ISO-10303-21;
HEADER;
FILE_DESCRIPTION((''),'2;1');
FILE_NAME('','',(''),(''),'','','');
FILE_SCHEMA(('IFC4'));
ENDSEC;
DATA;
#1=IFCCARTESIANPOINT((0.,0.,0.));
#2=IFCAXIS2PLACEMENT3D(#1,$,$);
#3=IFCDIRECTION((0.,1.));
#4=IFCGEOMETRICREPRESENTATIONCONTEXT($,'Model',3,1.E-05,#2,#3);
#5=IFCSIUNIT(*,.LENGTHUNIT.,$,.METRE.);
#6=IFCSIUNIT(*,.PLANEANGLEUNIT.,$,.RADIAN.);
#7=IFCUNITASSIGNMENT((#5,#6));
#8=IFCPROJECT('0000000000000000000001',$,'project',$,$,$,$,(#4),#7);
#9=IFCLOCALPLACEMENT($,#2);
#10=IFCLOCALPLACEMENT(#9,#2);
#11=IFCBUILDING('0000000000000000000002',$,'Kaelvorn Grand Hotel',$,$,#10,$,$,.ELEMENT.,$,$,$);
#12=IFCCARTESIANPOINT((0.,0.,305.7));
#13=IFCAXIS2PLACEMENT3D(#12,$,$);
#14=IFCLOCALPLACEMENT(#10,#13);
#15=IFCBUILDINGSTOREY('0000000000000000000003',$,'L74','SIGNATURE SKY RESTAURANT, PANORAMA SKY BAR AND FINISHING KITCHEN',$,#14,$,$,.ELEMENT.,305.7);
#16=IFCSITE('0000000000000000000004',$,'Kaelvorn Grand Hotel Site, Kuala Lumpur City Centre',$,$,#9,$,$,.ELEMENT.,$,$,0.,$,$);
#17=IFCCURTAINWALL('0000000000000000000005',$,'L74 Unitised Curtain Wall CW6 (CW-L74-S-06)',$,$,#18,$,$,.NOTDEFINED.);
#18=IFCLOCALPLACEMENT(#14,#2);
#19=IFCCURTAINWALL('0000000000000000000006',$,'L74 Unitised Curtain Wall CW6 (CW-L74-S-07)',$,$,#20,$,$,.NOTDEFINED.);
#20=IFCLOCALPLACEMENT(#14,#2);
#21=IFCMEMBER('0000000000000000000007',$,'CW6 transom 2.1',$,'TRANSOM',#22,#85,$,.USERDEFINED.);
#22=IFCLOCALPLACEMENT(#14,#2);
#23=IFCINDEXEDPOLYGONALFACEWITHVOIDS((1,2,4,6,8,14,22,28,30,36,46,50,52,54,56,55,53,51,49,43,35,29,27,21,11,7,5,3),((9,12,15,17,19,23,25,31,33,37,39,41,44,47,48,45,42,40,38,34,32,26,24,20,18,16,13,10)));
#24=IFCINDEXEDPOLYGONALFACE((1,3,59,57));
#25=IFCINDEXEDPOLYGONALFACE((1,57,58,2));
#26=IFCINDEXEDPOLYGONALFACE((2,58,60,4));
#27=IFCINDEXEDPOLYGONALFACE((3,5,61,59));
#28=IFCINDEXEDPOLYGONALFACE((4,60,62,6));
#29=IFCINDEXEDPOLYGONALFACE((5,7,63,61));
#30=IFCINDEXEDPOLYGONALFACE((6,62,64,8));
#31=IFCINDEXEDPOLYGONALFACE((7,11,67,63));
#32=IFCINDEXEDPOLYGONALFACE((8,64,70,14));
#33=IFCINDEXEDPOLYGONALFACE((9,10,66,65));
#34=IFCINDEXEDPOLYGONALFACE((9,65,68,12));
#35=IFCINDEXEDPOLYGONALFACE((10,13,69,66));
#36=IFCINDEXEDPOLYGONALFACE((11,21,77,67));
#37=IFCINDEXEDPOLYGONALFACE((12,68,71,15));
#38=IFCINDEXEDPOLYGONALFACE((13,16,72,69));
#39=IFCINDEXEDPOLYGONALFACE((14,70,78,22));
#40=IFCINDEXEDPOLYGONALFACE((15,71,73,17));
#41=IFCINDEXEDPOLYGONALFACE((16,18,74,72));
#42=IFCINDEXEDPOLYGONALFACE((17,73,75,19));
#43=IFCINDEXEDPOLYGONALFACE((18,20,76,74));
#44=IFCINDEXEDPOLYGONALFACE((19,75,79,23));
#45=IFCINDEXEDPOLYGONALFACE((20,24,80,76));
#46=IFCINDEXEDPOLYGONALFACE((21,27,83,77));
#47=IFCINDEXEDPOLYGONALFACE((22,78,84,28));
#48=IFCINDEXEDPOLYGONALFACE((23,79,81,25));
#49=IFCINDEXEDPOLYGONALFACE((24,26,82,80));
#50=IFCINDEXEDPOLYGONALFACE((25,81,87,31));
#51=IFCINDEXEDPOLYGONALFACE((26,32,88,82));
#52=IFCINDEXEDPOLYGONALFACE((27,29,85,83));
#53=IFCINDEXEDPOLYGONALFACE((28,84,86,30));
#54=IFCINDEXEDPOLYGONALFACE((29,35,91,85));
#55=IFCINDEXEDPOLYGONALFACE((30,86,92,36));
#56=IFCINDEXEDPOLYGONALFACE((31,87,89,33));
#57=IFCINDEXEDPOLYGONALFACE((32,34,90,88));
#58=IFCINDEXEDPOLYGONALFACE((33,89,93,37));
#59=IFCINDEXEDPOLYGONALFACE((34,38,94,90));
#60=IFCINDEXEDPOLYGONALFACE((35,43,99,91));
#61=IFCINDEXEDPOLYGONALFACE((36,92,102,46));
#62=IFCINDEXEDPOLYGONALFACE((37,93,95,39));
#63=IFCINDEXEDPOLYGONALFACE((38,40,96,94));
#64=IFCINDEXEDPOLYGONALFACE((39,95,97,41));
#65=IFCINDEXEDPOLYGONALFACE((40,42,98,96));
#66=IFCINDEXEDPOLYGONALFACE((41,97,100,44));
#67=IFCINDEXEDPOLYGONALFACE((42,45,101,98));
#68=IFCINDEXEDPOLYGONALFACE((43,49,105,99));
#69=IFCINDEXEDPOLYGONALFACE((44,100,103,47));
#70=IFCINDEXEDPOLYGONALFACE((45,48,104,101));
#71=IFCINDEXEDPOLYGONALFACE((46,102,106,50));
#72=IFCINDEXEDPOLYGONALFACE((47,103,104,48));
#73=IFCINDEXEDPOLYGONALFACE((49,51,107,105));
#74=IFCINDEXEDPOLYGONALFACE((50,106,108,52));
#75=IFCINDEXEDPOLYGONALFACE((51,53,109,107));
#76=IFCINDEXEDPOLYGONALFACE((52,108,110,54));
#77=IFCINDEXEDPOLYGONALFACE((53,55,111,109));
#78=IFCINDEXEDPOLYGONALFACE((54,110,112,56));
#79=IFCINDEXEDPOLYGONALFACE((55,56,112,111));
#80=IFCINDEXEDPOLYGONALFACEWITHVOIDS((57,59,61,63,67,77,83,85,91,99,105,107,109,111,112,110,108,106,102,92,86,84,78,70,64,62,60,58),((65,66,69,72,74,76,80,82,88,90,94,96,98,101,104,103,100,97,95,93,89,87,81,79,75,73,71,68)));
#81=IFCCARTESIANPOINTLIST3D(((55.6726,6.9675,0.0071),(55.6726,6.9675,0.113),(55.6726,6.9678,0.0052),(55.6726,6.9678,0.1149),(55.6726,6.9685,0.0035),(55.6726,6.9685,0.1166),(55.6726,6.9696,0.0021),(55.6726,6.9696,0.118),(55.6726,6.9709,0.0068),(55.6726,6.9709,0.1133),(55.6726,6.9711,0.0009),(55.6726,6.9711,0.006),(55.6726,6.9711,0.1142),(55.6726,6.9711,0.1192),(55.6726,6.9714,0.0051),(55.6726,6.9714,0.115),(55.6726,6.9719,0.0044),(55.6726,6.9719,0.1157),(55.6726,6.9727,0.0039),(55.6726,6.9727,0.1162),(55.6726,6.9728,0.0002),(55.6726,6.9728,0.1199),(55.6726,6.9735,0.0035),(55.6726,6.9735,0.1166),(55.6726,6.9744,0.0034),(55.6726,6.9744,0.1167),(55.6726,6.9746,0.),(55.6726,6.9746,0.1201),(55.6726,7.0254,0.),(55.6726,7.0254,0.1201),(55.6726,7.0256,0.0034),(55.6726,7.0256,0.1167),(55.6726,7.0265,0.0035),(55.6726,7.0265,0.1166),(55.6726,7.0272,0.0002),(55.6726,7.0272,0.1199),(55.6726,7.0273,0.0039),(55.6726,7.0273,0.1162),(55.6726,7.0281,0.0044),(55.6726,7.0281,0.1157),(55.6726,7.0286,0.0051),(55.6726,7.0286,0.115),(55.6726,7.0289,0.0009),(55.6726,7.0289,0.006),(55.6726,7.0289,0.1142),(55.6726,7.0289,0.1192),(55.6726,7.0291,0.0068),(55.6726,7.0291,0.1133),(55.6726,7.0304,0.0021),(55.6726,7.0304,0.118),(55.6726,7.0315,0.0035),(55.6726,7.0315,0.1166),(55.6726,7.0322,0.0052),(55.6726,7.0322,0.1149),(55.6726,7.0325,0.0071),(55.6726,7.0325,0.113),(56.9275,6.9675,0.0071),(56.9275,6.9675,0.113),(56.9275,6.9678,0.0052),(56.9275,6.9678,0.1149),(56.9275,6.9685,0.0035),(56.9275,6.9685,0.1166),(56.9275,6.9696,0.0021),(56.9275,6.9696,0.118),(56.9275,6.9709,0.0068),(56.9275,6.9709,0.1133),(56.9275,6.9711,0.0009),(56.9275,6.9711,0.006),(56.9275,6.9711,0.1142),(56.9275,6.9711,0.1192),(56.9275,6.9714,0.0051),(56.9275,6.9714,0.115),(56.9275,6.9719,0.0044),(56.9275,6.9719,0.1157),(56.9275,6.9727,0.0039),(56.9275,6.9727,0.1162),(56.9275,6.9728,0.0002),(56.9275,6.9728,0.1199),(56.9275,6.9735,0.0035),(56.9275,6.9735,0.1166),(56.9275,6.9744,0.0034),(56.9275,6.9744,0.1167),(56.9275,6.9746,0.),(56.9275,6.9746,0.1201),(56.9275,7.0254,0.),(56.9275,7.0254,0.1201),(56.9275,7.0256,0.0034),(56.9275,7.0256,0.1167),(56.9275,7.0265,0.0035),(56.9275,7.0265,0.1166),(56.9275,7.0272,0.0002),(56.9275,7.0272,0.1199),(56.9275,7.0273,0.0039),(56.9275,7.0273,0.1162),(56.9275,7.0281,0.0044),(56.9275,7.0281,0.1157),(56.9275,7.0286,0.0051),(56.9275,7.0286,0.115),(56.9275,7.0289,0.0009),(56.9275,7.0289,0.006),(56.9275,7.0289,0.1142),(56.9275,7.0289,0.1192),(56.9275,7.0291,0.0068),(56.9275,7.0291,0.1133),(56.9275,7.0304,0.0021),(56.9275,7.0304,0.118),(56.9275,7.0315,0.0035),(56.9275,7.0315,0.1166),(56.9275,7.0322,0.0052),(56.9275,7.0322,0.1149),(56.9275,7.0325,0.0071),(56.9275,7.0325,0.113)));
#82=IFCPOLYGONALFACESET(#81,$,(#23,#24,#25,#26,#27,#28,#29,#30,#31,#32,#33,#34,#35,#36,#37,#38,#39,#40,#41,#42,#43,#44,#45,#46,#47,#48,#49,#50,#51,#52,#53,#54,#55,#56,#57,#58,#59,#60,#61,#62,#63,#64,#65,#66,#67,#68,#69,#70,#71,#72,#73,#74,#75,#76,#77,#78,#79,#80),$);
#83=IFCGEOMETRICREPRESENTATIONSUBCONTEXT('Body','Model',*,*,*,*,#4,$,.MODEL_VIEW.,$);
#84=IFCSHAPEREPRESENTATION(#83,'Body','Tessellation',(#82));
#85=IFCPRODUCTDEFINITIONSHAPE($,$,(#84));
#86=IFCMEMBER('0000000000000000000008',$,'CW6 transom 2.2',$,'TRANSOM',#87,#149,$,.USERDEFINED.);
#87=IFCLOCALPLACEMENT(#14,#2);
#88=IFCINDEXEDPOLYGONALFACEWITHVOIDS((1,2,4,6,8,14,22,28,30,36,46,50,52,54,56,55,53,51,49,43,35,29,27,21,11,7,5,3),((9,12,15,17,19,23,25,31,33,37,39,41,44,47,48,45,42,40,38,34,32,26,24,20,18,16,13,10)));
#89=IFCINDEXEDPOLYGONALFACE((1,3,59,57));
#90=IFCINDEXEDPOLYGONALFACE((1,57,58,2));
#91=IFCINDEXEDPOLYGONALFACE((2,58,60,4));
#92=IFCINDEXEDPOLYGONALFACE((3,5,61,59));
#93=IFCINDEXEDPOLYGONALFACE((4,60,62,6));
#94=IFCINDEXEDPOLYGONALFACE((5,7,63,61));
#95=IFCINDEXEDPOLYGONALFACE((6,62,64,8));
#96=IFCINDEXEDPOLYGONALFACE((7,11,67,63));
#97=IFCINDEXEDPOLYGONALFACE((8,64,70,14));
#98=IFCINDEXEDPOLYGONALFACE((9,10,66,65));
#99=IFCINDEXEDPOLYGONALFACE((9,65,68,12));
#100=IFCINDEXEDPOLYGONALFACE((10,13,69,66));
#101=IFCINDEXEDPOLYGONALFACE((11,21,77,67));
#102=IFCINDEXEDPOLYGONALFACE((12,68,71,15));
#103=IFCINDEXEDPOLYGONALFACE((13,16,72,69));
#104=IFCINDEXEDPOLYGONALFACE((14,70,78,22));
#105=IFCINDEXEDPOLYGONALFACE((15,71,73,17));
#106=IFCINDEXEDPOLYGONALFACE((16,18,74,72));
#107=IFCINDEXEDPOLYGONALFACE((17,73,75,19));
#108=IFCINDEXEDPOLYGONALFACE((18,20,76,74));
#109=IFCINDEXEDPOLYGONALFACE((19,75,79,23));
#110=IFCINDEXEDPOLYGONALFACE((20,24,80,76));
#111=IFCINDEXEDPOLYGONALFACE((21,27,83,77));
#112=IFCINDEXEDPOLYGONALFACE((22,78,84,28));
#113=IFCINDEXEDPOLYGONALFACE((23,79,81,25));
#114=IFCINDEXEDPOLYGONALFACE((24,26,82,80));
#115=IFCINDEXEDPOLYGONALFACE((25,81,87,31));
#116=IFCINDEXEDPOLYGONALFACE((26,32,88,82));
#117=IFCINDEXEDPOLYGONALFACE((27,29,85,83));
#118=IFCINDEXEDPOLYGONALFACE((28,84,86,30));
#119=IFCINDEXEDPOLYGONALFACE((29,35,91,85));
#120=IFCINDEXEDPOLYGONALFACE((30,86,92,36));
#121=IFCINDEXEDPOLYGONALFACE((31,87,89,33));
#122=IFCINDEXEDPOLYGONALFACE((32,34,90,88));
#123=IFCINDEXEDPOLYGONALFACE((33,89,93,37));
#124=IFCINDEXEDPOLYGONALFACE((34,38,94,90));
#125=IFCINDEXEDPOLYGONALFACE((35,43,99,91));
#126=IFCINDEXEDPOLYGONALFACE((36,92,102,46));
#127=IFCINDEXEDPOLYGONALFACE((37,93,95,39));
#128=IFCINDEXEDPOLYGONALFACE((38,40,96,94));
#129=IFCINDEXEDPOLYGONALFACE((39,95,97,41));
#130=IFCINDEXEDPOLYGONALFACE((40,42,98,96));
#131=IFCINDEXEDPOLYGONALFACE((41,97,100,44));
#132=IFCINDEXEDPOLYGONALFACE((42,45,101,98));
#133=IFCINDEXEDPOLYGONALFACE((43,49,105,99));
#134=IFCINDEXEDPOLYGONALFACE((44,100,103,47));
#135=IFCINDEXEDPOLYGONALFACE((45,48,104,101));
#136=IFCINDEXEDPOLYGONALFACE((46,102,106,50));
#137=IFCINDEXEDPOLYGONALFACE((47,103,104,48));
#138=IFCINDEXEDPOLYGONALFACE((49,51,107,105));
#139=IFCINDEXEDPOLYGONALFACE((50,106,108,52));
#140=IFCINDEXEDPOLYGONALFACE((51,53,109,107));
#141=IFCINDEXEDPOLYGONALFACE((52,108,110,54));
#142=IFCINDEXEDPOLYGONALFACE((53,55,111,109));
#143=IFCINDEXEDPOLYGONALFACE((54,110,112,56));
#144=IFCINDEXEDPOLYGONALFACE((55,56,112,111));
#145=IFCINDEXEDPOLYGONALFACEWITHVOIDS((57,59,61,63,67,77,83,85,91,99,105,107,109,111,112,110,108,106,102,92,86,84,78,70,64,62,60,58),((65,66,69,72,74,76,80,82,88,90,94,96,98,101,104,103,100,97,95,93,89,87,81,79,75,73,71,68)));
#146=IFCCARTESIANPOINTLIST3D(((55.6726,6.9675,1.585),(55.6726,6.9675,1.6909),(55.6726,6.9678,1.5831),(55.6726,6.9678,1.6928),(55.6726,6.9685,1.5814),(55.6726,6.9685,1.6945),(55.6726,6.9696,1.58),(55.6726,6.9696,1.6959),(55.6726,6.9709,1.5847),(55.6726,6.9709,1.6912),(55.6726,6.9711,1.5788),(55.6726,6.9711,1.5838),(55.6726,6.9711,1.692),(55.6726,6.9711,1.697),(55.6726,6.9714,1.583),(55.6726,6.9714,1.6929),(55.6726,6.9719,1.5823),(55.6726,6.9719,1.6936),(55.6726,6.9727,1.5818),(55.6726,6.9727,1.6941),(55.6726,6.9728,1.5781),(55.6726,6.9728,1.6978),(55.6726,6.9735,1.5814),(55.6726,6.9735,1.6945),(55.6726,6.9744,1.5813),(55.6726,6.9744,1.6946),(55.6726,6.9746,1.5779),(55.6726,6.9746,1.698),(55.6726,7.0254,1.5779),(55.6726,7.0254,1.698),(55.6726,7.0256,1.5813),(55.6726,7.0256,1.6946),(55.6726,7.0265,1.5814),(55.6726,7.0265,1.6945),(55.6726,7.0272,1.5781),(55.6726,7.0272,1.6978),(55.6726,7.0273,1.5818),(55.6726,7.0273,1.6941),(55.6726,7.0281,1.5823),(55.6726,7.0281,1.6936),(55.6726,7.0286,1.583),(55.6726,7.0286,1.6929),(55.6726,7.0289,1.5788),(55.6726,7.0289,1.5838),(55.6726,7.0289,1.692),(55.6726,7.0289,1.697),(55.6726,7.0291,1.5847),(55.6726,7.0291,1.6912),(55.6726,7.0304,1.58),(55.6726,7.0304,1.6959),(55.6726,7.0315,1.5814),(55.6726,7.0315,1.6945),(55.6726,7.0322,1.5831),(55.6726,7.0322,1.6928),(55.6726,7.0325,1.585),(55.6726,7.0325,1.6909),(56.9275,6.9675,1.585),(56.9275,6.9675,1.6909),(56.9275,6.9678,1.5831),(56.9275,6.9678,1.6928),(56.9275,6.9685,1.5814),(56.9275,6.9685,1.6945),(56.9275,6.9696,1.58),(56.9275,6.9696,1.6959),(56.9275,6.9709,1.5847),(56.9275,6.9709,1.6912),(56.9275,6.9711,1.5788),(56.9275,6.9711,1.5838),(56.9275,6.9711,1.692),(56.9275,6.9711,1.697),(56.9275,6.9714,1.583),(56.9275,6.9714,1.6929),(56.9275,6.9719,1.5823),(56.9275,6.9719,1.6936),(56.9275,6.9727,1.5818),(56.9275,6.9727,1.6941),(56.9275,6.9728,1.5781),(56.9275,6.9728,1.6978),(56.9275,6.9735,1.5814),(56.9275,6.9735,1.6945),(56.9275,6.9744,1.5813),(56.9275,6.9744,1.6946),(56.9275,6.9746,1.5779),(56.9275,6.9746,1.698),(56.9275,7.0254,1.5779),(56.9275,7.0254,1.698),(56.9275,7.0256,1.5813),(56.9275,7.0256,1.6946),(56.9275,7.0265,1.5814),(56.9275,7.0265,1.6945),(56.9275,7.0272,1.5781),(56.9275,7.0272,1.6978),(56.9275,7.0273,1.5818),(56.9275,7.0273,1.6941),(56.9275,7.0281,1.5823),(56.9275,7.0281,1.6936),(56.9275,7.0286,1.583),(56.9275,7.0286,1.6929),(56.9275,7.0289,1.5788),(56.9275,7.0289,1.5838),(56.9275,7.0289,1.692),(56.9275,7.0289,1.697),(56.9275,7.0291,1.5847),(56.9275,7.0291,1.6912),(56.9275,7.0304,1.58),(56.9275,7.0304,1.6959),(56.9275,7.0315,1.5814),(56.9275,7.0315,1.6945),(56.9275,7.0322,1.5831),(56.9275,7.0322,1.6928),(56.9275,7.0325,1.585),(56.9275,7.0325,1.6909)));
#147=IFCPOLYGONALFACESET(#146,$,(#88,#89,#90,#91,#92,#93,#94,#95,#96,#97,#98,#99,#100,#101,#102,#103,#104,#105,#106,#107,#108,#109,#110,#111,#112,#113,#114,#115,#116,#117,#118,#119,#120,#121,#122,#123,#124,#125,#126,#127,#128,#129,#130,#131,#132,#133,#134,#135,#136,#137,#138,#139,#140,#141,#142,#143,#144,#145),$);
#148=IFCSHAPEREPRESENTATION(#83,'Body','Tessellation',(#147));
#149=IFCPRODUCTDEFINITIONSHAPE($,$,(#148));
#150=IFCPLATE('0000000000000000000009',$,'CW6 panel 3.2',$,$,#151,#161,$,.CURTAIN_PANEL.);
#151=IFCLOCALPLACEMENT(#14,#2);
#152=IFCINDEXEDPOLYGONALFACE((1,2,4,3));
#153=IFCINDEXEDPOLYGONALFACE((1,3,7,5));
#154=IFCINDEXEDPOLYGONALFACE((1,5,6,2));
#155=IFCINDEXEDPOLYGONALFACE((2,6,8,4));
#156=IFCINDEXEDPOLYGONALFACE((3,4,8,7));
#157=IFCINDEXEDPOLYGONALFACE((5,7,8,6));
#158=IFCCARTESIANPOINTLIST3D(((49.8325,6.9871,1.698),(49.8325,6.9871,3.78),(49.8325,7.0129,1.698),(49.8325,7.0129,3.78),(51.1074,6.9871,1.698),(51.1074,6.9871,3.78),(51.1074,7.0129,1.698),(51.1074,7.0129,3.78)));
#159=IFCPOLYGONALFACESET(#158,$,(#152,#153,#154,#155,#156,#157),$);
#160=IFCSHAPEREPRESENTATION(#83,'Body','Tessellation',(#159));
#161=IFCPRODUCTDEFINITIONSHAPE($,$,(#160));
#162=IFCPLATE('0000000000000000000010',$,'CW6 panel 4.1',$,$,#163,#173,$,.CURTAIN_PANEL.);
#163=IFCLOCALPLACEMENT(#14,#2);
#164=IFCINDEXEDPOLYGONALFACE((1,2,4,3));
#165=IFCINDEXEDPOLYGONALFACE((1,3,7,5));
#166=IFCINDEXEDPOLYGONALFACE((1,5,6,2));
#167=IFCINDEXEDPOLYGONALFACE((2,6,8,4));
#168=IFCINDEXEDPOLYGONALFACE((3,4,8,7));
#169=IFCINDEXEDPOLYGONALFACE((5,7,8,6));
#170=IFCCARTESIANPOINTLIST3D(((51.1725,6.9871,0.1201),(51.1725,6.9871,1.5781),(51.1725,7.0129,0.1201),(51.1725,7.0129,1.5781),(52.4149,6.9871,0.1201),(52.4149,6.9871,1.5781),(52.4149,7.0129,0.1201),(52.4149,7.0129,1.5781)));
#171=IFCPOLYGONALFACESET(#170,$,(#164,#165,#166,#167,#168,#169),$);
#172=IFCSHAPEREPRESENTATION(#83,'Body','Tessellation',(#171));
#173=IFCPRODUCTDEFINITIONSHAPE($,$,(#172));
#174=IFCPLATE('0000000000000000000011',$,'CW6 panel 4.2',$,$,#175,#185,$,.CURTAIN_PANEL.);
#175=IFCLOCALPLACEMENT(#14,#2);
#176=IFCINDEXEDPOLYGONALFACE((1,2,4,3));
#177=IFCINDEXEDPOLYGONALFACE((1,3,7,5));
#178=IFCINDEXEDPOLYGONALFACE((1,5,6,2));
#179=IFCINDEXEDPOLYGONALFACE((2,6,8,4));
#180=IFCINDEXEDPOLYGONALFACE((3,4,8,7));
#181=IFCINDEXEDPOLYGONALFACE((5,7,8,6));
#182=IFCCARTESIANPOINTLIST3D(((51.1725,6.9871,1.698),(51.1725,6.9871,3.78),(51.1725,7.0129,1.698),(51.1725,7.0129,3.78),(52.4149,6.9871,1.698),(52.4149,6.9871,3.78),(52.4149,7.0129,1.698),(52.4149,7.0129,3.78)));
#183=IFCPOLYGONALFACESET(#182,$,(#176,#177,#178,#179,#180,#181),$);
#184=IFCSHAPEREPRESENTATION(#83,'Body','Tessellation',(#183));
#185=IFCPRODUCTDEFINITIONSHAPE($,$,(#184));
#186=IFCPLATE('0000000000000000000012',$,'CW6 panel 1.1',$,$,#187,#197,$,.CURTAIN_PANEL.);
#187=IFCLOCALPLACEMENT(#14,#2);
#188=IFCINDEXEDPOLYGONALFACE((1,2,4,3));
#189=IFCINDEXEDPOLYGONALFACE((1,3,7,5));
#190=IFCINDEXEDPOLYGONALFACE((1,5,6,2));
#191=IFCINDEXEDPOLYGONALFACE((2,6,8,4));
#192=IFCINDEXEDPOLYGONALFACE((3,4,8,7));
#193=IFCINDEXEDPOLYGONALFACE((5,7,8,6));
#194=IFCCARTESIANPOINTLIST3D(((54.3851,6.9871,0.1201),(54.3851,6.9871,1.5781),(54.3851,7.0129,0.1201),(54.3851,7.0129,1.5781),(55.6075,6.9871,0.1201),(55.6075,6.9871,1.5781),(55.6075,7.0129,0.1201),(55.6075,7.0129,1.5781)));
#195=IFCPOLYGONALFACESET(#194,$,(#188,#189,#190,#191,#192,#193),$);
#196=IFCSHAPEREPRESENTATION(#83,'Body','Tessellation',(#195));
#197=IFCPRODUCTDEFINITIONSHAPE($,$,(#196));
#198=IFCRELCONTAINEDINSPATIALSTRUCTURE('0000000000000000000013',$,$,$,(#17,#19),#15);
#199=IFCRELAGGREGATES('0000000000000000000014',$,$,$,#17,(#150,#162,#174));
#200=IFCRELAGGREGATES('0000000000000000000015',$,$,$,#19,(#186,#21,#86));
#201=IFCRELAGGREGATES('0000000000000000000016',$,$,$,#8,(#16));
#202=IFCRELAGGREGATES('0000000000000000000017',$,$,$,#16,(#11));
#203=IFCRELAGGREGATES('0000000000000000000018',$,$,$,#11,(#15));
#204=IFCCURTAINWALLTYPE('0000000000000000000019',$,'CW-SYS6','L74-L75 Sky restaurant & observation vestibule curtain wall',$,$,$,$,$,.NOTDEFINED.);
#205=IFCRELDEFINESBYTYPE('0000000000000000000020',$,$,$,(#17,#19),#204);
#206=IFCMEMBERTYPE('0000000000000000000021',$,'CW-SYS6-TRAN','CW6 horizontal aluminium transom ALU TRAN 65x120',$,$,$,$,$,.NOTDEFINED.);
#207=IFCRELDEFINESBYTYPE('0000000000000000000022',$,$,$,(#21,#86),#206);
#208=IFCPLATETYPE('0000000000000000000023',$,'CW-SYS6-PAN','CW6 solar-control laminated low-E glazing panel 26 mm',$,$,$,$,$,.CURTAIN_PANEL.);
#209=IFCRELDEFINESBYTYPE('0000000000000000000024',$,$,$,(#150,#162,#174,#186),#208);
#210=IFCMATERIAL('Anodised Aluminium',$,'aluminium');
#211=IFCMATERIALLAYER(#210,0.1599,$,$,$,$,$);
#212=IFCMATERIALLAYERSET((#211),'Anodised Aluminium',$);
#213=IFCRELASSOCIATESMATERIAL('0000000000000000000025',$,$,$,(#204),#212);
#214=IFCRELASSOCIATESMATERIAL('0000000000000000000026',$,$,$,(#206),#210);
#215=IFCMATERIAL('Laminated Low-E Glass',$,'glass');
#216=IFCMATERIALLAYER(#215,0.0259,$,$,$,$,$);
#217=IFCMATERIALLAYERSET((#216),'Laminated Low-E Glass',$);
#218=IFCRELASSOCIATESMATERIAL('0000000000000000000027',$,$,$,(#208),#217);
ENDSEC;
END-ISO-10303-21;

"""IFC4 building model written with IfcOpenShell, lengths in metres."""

from ifc_helpers import new_model, si_unit, direction, frame, origin, origin_2d, place, context, subcontext, project, spatial, rectangle, hollow_rectangle, extrude, material, layer, layer_set, material_profile, profile_set, type_object, element, aggregate, save


model = new_model("IFC4")

# Units and contexts
model_context = context("Model", 3, precision=1e-05, world=origin(), true_north=direction((0.0, 1.0)))
body_context = subcontext(model_context, "Body", "Model", "MODEL_VIEW")
ifc_project = project(units=[si_unit("LENGTHUNIT", "METRE"), si_unit("PLANEANGLEUNIT", "RADIAN")], contexts=[model_context])

# Site, building, storey
site_placement = place(None, origin())
site = spatial("IfcSite", under=ifc_project, at=site_placement, Name="Kaelvorn Grand Hotel Site, Kuala Lumpur City Centre", CompositionType="ELEMENT", RefElevation=0.0)
building_placement = place(site_placement, origin())
building = spatial("IfcBuilding", under=site, at=building_placement, Name="Kaelvorn Grand Hotel", CompositionType="ELEMENT")
storey_placement = place(building_placement, frame((0.0, 0.0, 305.7)))
storey = spatial("IfcBuildingStorey", under=building, at=storey_placement, Name="L74", Description="SIGNATURE SKY RESTAURANT, PANORAMA SKY BAR AND FINISHING KITCHEN", CompositionType="ELEMENT", Elevation=305.7)

# Curtain walls
ifc_material_1 = material(Name="Anodised Aluminium", Category="aluminium")
ifc_layer_1 = layer(ifc_material_1, 0.1599)
ifc_layer_set_1 = layer_set([ifc_layer_1], Name="Anodised Aluminium")
curtain_wall_type = type_object("IfcCurtainWallType", Name="CW-SYS6", Description="L74-L75 Sky restaurant & observation vestibule curtain wall", PredefinedType="NOTDEFINED", material=ifc_layer_set_1)
curtain_wall_1_placement = place(storey_placement, origin())
curtain_wall_1 = element("IfcCurtainWall", 1, at=curtain_wall_1_placement, inside=storey, type_object=curtain_wall_type, Name="L74 Unitised Curtain Wall CW6 (CW-L74-S-06)", PredefinedType="NOTDEFINED")
curtain_wall_2_placement = place(storey_placement, origin())
curtain_wall_2 = element("IfcCurtainWall", 2, at=curtain_wall_2_placement, inside=storey, type_object=curtain_wall_type, Name="L74 Unitised Curtain Wall CW6 (CW-L74-S-07)", PredefinedType="NOTDEFINED")

# Members
ifc_material_profile_1 = material_profile(ifc_material_1, hollow_rectangle(XDim=0.0649, YDim=0.1201, WallThickness=0.0034, InnerFilletRadius=0.0034, OuterFilletRadius=0.0071, at=origin_2d()), Name="ALU TRAN 65x120")
ifc_profile_set_1 = profile_set([ifc_material_profile_1], Name="Anodised Aluminium")
member_type_1 = type_object("IfcMemberType", Name="CW-SYS6-TRAN", Description="CW6 horizontal aluminium transom ALU TRAN 65x120", PredefinedType="NOTDEFINED", material=ifc_profile_set_1)
member_1_placement = place(storey_placement, frame((55.6726, 7.0, 0.0601), z_axis=(1.0, 0.0, 0.0), x_axis=(0.0, 1.0, 0.0)))
member_1 = element("IfcMember", 3, at=member_1_placement, type_object=member_type_1, Name="CW6 transom 2.1", ObjectType="TRANSOM", PredefinedType="USERDEFINED", context=body_context, shape_type="SweptSolid", body=[
    extrude(hollow_rectangle(XDim=0.0649, YDim=0.1201, WallThickness=0.0034, InnerFilletRadius=0.0034, OuterFilletRadius=0.0071, at=origin_2d()), origin(), (0.0, 0.0, 1.0), 1.2549),
])
member_2_placement = place(storey_placement, frame((55.6726, 7.0, 1.6379), z_axis=(1.0, 0.0, 0.0), x_axis=(0.0, 1.0, 0.0)))
member_2 = element("IfcMember", 4, at=member_2_placement, type_object=member_type_1, Name="CW6 transom 2.2", ObjectType="TRANSOM", PredefinedType="USERDEFINED", context=body_context, shape_type="SweptSolid", body=[
    extrude(hollow_rectangle(XDim=0.0649, YDim=0.1201, WallThickness=0.0034, InnerFilletRadius=0.0034, OuterFilletRadius=0.0071, at=origin_2d()), origin(), (0.0, 0.0, 1.0), 1.2549),
])

# Plates
ifc_material_2 = material(Name="Laminated Low-E Glass", Category="glass")
ifc_layer_2 = layer(ifc_material_2, 0.0259)
ifc_layer_set_2 = layer_set([ifc_layer_2], Name="Laminated Low-E Glass")
plate_type = type_object("IfcPlateType", Name="CW-SYS6-PAN", Description="CW6 solar-control laminated low-E glazing panel 26 mm", PredefinedType="CURTAIN_PANEL", material=ifc_layer_set_2)
plate_1_placement = place(storey_placement, frame((50.47, 7.0, 1.698), z_axis=(0.0, 0.0, 1.0), x_axis=(1.0, 0.0, 0.0)))
plate_1 = element("IfcPlate", 5, at=plate_1_placement, type_object=plate_type, Name="CW6 panel 3.2", PredefinedType="CURTAIN_PANEL", context=body_context, shape_type="SweptSolid", body=[
    extrude(rectangle(XDim=1.2749, YDim=0.0259, at=origin_2d()), origin(), (0.0, 0.0, 1.0), 2.082),
])
plate_2_placement = place(storey_placement, frame((51.7937, 7.0, 0.1201), z_axis=(0.0, 0.0, 1.0), x_axis=(1.0, 0.0, 0.0)))
plate_2 = element("IfcPlate", 6, at=plate_2_placement, type_object=plate_type, Name="CW6 panel 4.1", PredefinedType="CURTAIN_PANEL", context=body_context, shape_type="SweptSolid", body=[
    extrude(rectangle(XDim=1.2424, YDim=0.0259, at=origin_2d()), origin(), (0.0, 0.0, 1.0), 1.458),
])
plate_3_placement = place(storey_placement, frame((51.7937, 7.0, 1.698), z_axis=(0.0, 0.0, 1.0), x_axis=(1.0, 0.0, 0.0)))
plate_3 = element("IfcPlate", 7, at=plate_3_placement, type_object=plate_type, Name="CW6 panel 4.2", PredefinedType="CURTAIN_PANEL", context=body_context, shape_type="SweptSolid", body=[
    extrude(rectangle(XDim=1.2424, YDim=0.0259, at=origin_2d()), origin(), (0.0, 0.0, 1.0), 2.082),
])
aggregate(curtain_wall_1, [plate_1, plate_2, plate_3])
plate_4_placement = place(storey_placement, frame((54.9963, 7.0, 0.1201), z_axis=(0.0, 0.0, 1.0), x_axis=(1.0, 0.0, 0.0)))
plate_4 = element("IfcPlate", 8, at=plate_4_placement, type_object=plate_type, Name="CW6 panel 1.1", PredefinedType="CURTAIN_PANEL", context=body_context, shape_type="SweptSolid", body=[
    extrude(rectangle(XDim=1.2224, YDim=0.0259, at=origin_2d()), origin(), (0.0, 0.0, 1.0), 1.458),
])
aggregate(curtain_wall_2, [plate_4, member_1, member_2])

save(model, "model.ifc")
